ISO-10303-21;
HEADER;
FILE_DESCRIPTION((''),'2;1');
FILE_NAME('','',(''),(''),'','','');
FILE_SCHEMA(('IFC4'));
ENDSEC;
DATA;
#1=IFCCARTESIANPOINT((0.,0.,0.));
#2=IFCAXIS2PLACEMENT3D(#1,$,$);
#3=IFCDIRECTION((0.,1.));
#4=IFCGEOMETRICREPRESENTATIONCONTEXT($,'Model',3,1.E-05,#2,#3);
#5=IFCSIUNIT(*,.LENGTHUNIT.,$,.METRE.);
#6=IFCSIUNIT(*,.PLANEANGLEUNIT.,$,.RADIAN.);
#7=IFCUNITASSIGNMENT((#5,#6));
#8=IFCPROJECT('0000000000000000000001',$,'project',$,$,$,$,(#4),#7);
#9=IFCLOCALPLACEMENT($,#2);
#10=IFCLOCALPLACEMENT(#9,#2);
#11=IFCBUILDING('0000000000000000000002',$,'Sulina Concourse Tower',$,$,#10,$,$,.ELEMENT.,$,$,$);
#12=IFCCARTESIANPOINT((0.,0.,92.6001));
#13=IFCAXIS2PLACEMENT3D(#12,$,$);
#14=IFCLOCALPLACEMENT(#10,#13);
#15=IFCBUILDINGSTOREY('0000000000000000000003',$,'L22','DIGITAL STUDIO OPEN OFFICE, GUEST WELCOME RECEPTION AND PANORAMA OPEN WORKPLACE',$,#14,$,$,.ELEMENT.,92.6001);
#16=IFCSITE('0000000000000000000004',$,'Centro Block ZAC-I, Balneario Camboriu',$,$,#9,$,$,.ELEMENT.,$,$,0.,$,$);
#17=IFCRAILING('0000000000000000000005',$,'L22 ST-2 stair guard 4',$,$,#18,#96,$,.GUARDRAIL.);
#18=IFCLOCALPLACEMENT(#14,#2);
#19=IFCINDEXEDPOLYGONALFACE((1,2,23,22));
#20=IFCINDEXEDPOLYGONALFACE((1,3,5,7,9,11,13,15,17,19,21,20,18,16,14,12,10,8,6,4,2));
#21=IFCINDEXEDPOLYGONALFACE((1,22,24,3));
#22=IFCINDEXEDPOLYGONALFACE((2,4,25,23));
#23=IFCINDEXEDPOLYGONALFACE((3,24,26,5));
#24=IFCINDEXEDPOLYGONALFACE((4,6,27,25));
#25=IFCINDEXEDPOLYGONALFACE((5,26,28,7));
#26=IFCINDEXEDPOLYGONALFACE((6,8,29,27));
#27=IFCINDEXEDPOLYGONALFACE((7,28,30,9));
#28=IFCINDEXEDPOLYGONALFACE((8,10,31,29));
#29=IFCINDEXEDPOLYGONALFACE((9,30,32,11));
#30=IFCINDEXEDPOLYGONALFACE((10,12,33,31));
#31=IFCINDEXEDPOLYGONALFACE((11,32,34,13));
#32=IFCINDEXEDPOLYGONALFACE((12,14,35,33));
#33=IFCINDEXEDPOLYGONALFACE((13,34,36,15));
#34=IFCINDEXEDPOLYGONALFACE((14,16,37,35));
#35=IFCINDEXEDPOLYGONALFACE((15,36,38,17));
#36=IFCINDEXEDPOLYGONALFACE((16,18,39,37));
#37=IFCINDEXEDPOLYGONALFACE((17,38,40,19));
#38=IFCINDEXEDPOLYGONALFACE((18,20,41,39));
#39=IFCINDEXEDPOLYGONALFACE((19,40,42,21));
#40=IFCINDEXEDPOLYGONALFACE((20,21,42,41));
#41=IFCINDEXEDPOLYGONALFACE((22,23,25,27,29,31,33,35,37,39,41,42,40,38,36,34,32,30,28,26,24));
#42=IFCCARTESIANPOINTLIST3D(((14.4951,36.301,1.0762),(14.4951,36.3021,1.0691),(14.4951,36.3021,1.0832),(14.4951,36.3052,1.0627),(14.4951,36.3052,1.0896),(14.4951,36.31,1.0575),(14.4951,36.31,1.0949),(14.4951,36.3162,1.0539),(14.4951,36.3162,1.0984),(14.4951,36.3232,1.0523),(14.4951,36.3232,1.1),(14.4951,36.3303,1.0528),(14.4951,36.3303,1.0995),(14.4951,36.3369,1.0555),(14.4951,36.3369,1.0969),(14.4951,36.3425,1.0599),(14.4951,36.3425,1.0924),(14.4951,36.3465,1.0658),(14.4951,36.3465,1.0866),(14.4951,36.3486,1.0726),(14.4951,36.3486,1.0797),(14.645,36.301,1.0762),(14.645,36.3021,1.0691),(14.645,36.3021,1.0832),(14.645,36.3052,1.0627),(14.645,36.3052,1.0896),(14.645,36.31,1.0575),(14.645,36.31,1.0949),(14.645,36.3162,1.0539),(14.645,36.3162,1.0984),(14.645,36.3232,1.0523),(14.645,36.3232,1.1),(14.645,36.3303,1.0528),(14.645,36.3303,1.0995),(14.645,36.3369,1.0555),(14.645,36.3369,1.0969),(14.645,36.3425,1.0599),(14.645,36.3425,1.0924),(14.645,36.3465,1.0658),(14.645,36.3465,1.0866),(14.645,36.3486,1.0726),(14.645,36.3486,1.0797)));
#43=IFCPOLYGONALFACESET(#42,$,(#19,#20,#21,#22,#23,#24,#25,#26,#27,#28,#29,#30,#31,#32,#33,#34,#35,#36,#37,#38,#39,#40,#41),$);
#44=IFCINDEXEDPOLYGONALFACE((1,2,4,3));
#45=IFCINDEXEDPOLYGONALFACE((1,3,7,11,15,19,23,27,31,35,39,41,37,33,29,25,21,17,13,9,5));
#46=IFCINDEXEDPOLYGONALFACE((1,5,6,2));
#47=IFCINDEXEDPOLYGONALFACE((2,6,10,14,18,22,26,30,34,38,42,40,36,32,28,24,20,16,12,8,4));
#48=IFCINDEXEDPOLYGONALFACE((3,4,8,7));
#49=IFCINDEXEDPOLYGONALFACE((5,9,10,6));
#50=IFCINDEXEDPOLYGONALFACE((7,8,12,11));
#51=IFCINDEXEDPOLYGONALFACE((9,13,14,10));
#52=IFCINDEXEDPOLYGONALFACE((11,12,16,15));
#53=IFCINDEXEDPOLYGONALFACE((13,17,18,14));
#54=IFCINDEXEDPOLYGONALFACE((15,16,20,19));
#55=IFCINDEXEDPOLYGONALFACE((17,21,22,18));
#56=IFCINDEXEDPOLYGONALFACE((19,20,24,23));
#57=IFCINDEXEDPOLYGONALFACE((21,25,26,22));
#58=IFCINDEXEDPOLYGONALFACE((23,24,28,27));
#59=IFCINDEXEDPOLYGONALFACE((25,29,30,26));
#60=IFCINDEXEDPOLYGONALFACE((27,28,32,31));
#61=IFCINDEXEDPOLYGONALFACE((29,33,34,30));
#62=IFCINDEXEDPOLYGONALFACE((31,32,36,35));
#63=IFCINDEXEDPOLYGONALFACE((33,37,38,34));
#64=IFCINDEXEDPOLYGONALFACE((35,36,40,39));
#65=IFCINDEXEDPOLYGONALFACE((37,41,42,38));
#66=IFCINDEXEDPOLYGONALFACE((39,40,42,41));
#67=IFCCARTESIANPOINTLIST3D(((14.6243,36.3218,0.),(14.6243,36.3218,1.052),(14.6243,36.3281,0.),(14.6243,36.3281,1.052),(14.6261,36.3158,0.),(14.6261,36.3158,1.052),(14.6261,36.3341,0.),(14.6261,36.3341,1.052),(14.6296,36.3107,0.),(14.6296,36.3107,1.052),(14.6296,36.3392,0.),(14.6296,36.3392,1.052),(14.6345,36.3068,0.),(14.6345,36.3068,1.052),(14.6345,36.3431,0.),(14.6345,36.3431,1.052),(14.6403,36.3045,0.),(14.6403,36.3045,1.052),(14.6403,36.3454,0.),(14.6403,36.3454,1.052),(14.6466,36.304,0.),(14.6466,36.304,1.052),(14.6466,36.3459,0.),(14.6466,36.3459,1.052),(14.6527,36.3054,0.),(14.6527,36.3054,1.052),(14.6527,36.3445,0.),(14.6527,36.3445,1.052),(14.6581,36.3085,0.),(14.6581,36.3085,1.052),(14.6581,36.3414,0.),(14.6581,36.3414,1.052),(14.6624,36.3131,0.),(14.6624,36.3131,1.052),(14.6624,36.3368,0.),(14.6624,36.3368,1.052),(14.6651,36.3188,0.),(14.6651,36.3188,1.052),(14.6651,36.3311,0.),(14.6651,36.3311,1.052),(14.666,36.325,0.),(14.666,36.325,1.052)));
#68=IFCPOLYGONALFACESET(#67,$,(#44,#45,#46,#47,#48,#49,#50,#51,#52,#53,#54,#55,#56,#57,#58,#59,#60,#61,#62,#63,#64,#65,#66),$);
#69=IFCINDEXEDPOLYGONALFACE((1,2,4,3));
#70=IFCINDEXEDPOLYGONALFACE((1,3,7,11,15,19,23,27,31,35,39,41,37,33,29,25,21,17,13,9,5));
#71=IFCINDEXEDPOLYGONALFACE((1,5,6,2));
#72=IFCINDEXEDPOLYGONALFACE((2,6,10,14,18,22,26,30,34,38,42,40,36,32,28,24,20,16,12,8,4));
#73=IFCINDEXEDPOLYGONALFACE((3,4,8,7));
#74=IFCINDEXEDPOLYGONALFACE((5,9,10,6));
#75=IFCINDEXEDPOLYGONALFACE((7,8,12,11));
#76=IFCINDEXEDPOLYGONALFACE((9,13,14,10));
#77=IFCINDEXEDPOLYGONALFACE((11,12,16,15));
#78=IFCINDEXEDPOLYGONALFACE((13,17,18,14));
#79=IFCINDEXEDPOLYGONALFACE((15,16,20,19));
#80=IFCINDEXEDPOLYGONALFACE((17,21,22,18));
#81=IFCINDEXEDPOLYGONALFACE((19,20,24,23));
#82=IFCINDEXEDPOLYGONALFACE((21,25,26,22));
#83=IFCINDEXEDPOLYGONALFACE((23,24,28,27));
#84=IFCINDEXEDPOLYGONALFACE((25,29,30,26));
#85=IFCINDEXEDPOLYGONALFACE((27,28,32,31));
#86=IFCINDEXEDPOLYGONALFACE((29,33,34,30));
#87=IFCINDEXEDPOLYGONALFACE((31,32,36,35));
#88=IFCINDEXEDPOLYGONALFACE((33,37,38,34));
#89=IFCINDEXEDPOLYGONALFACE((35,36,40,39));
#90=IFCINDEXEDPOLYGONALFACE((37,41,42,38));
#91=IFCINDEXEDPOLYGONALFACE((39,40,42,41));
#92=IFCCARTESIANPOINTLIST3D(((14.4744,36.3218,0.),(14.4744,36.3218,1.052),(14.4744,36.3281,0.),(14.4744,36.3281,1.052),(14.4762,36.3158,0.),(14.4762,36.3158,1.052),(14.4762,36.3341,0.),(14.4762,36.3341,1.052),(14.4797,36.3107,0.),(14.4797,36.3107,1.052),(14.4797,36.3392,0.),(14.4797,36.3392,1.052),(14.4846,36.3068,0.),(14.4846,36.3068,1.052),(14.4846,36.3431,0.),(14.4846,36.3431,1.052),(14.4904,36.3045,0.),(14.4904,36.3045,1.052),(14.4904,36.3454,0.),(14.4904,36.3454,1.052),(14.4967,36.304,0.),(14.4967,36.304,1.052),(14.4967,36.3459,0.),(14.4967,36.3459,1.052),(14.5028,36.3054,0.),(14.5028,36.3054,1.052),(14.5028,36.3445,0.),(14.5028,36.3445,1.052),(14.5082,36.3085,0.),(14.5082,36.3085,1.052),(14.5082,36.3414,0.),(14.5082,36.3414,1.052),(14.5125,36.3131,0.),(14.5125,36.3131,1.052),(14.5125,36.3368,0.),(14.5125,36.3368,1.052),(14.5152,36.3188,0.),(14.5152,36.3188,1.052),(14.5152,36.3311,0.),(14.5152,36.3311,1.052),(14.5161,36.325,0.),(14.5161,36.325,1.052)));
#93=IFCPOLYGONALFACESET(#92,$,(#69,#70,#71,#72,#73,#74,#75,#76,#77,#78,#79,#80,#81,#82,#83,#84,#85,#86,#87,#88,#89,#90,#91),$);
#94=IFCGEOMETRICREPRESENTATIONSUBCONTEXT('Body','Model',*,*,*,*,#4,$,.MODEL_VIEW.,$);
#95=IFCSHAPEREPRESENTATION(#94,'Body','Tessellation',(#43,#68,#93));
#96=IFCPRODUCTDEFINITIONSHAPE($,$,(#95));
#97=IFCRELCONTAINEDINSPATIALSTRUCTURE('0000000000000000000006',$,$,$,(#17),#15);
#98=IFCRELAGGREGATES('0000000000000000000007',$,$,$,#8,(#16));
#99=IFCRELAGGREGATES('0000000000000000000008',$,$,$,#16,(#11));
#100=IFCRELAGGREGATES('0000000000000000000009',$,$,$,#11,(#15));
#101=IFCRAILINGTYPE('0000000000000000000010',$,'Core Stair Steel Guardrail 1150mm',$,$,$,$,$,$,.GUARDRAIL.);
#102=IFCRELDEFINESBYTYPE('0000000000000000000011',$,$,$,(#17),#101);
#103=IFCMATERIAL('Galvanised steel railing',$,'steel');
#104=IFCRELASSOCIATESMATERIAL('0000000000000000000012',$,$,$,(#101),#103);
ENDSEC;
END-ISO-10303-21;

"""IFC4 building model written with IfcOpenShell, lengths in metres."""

from ifc_helpers import new_model, si_unit, direction, frame, origin, origin_2d, place, context, subcontext, project, spatial, circle, extrude, material, type_object, element, save


model = new_model("IFC4")

# Units and contexts
model_context = context("Model", 3, precision=1e-05, world=origin(), true_north=direction((0.0, 1.0)))
body_context = subcontext(model_context, "Body", "Model", "MODEL_VIEW")
ifc_project = project(units=[si_unit("LENGTHUNIT", "METRE"), si_unit("PLANEANGLEUNIT", "RADIAN")], contexts=[model_context])

# Site, building, storey
site_placement = place(None, origin())
site = spatial("IfcSite", under=ifc_project, at=site_placement, Name="Centro Block ZAC-I, Balneario Camboriu", CompositionType="ELEMENT", RefElevation=0.0)
building_placement = place(site_placement, origin())
building = spatial("IfcBuilding", under=site, at=building_placement, Name="Sulina Concourse Tower", CompositionType="ELEMENT")
storey_placement = place(building_placement, frame((0.0, 0.0, 92.6001)))
storey = spatial("IfcBuildingStorey", under=building, at=storey_placement, Name="L22", Description="DIGITAL STUDIO OPEN OFFICE, GUEST WELCOME RECEPTION AND PANORAMA OPEN WORKPLACE", CompositionType="ELEMENT", Elevation=92.6001)

# Railing
ifc_material_1 = material(Name="Galvanised steel railing", Category="steel")
railing_type_1 = type_object("IfcRailingType", Name="Core Stair Steel Guardrail 1150mm", PredefinedType="GUARDRAIL", material=ifc_material_1)
railing_1_placement = place(storey_placement, frame((14.645, 36.325, 0.0)))
element("IfcRailing", 1, at=railing_1_placement, inside=storey, type_object=railing_type_1, Name="L22 ST-2 stair guard 4", PredefinedType="GUARDRAIL", context=body_context, shape_type="SweptSolid", body=[
    extrude(circle(Radius=0.0239, at=origin_2d()), frame((0.0, 0.0, 1.0762), z_axis=(-1.0, 0.0, 0.0), x_axis=(0.0, -1.0, 0.0)), (0.0, 0.0, 1.0), 0.1499),
    extrude(circle(Radius=0.021, at=origin_2d()), origin(), (0.0, 0.0, 1.0), 1.052),
    extrude(circle(Radius=0.021, at=origin_2d()), frame((-0.1499, 0.0, 0.0)), (0.0, 0.0, 1.0), 1.052),
])

save(model, "model.ifc")
